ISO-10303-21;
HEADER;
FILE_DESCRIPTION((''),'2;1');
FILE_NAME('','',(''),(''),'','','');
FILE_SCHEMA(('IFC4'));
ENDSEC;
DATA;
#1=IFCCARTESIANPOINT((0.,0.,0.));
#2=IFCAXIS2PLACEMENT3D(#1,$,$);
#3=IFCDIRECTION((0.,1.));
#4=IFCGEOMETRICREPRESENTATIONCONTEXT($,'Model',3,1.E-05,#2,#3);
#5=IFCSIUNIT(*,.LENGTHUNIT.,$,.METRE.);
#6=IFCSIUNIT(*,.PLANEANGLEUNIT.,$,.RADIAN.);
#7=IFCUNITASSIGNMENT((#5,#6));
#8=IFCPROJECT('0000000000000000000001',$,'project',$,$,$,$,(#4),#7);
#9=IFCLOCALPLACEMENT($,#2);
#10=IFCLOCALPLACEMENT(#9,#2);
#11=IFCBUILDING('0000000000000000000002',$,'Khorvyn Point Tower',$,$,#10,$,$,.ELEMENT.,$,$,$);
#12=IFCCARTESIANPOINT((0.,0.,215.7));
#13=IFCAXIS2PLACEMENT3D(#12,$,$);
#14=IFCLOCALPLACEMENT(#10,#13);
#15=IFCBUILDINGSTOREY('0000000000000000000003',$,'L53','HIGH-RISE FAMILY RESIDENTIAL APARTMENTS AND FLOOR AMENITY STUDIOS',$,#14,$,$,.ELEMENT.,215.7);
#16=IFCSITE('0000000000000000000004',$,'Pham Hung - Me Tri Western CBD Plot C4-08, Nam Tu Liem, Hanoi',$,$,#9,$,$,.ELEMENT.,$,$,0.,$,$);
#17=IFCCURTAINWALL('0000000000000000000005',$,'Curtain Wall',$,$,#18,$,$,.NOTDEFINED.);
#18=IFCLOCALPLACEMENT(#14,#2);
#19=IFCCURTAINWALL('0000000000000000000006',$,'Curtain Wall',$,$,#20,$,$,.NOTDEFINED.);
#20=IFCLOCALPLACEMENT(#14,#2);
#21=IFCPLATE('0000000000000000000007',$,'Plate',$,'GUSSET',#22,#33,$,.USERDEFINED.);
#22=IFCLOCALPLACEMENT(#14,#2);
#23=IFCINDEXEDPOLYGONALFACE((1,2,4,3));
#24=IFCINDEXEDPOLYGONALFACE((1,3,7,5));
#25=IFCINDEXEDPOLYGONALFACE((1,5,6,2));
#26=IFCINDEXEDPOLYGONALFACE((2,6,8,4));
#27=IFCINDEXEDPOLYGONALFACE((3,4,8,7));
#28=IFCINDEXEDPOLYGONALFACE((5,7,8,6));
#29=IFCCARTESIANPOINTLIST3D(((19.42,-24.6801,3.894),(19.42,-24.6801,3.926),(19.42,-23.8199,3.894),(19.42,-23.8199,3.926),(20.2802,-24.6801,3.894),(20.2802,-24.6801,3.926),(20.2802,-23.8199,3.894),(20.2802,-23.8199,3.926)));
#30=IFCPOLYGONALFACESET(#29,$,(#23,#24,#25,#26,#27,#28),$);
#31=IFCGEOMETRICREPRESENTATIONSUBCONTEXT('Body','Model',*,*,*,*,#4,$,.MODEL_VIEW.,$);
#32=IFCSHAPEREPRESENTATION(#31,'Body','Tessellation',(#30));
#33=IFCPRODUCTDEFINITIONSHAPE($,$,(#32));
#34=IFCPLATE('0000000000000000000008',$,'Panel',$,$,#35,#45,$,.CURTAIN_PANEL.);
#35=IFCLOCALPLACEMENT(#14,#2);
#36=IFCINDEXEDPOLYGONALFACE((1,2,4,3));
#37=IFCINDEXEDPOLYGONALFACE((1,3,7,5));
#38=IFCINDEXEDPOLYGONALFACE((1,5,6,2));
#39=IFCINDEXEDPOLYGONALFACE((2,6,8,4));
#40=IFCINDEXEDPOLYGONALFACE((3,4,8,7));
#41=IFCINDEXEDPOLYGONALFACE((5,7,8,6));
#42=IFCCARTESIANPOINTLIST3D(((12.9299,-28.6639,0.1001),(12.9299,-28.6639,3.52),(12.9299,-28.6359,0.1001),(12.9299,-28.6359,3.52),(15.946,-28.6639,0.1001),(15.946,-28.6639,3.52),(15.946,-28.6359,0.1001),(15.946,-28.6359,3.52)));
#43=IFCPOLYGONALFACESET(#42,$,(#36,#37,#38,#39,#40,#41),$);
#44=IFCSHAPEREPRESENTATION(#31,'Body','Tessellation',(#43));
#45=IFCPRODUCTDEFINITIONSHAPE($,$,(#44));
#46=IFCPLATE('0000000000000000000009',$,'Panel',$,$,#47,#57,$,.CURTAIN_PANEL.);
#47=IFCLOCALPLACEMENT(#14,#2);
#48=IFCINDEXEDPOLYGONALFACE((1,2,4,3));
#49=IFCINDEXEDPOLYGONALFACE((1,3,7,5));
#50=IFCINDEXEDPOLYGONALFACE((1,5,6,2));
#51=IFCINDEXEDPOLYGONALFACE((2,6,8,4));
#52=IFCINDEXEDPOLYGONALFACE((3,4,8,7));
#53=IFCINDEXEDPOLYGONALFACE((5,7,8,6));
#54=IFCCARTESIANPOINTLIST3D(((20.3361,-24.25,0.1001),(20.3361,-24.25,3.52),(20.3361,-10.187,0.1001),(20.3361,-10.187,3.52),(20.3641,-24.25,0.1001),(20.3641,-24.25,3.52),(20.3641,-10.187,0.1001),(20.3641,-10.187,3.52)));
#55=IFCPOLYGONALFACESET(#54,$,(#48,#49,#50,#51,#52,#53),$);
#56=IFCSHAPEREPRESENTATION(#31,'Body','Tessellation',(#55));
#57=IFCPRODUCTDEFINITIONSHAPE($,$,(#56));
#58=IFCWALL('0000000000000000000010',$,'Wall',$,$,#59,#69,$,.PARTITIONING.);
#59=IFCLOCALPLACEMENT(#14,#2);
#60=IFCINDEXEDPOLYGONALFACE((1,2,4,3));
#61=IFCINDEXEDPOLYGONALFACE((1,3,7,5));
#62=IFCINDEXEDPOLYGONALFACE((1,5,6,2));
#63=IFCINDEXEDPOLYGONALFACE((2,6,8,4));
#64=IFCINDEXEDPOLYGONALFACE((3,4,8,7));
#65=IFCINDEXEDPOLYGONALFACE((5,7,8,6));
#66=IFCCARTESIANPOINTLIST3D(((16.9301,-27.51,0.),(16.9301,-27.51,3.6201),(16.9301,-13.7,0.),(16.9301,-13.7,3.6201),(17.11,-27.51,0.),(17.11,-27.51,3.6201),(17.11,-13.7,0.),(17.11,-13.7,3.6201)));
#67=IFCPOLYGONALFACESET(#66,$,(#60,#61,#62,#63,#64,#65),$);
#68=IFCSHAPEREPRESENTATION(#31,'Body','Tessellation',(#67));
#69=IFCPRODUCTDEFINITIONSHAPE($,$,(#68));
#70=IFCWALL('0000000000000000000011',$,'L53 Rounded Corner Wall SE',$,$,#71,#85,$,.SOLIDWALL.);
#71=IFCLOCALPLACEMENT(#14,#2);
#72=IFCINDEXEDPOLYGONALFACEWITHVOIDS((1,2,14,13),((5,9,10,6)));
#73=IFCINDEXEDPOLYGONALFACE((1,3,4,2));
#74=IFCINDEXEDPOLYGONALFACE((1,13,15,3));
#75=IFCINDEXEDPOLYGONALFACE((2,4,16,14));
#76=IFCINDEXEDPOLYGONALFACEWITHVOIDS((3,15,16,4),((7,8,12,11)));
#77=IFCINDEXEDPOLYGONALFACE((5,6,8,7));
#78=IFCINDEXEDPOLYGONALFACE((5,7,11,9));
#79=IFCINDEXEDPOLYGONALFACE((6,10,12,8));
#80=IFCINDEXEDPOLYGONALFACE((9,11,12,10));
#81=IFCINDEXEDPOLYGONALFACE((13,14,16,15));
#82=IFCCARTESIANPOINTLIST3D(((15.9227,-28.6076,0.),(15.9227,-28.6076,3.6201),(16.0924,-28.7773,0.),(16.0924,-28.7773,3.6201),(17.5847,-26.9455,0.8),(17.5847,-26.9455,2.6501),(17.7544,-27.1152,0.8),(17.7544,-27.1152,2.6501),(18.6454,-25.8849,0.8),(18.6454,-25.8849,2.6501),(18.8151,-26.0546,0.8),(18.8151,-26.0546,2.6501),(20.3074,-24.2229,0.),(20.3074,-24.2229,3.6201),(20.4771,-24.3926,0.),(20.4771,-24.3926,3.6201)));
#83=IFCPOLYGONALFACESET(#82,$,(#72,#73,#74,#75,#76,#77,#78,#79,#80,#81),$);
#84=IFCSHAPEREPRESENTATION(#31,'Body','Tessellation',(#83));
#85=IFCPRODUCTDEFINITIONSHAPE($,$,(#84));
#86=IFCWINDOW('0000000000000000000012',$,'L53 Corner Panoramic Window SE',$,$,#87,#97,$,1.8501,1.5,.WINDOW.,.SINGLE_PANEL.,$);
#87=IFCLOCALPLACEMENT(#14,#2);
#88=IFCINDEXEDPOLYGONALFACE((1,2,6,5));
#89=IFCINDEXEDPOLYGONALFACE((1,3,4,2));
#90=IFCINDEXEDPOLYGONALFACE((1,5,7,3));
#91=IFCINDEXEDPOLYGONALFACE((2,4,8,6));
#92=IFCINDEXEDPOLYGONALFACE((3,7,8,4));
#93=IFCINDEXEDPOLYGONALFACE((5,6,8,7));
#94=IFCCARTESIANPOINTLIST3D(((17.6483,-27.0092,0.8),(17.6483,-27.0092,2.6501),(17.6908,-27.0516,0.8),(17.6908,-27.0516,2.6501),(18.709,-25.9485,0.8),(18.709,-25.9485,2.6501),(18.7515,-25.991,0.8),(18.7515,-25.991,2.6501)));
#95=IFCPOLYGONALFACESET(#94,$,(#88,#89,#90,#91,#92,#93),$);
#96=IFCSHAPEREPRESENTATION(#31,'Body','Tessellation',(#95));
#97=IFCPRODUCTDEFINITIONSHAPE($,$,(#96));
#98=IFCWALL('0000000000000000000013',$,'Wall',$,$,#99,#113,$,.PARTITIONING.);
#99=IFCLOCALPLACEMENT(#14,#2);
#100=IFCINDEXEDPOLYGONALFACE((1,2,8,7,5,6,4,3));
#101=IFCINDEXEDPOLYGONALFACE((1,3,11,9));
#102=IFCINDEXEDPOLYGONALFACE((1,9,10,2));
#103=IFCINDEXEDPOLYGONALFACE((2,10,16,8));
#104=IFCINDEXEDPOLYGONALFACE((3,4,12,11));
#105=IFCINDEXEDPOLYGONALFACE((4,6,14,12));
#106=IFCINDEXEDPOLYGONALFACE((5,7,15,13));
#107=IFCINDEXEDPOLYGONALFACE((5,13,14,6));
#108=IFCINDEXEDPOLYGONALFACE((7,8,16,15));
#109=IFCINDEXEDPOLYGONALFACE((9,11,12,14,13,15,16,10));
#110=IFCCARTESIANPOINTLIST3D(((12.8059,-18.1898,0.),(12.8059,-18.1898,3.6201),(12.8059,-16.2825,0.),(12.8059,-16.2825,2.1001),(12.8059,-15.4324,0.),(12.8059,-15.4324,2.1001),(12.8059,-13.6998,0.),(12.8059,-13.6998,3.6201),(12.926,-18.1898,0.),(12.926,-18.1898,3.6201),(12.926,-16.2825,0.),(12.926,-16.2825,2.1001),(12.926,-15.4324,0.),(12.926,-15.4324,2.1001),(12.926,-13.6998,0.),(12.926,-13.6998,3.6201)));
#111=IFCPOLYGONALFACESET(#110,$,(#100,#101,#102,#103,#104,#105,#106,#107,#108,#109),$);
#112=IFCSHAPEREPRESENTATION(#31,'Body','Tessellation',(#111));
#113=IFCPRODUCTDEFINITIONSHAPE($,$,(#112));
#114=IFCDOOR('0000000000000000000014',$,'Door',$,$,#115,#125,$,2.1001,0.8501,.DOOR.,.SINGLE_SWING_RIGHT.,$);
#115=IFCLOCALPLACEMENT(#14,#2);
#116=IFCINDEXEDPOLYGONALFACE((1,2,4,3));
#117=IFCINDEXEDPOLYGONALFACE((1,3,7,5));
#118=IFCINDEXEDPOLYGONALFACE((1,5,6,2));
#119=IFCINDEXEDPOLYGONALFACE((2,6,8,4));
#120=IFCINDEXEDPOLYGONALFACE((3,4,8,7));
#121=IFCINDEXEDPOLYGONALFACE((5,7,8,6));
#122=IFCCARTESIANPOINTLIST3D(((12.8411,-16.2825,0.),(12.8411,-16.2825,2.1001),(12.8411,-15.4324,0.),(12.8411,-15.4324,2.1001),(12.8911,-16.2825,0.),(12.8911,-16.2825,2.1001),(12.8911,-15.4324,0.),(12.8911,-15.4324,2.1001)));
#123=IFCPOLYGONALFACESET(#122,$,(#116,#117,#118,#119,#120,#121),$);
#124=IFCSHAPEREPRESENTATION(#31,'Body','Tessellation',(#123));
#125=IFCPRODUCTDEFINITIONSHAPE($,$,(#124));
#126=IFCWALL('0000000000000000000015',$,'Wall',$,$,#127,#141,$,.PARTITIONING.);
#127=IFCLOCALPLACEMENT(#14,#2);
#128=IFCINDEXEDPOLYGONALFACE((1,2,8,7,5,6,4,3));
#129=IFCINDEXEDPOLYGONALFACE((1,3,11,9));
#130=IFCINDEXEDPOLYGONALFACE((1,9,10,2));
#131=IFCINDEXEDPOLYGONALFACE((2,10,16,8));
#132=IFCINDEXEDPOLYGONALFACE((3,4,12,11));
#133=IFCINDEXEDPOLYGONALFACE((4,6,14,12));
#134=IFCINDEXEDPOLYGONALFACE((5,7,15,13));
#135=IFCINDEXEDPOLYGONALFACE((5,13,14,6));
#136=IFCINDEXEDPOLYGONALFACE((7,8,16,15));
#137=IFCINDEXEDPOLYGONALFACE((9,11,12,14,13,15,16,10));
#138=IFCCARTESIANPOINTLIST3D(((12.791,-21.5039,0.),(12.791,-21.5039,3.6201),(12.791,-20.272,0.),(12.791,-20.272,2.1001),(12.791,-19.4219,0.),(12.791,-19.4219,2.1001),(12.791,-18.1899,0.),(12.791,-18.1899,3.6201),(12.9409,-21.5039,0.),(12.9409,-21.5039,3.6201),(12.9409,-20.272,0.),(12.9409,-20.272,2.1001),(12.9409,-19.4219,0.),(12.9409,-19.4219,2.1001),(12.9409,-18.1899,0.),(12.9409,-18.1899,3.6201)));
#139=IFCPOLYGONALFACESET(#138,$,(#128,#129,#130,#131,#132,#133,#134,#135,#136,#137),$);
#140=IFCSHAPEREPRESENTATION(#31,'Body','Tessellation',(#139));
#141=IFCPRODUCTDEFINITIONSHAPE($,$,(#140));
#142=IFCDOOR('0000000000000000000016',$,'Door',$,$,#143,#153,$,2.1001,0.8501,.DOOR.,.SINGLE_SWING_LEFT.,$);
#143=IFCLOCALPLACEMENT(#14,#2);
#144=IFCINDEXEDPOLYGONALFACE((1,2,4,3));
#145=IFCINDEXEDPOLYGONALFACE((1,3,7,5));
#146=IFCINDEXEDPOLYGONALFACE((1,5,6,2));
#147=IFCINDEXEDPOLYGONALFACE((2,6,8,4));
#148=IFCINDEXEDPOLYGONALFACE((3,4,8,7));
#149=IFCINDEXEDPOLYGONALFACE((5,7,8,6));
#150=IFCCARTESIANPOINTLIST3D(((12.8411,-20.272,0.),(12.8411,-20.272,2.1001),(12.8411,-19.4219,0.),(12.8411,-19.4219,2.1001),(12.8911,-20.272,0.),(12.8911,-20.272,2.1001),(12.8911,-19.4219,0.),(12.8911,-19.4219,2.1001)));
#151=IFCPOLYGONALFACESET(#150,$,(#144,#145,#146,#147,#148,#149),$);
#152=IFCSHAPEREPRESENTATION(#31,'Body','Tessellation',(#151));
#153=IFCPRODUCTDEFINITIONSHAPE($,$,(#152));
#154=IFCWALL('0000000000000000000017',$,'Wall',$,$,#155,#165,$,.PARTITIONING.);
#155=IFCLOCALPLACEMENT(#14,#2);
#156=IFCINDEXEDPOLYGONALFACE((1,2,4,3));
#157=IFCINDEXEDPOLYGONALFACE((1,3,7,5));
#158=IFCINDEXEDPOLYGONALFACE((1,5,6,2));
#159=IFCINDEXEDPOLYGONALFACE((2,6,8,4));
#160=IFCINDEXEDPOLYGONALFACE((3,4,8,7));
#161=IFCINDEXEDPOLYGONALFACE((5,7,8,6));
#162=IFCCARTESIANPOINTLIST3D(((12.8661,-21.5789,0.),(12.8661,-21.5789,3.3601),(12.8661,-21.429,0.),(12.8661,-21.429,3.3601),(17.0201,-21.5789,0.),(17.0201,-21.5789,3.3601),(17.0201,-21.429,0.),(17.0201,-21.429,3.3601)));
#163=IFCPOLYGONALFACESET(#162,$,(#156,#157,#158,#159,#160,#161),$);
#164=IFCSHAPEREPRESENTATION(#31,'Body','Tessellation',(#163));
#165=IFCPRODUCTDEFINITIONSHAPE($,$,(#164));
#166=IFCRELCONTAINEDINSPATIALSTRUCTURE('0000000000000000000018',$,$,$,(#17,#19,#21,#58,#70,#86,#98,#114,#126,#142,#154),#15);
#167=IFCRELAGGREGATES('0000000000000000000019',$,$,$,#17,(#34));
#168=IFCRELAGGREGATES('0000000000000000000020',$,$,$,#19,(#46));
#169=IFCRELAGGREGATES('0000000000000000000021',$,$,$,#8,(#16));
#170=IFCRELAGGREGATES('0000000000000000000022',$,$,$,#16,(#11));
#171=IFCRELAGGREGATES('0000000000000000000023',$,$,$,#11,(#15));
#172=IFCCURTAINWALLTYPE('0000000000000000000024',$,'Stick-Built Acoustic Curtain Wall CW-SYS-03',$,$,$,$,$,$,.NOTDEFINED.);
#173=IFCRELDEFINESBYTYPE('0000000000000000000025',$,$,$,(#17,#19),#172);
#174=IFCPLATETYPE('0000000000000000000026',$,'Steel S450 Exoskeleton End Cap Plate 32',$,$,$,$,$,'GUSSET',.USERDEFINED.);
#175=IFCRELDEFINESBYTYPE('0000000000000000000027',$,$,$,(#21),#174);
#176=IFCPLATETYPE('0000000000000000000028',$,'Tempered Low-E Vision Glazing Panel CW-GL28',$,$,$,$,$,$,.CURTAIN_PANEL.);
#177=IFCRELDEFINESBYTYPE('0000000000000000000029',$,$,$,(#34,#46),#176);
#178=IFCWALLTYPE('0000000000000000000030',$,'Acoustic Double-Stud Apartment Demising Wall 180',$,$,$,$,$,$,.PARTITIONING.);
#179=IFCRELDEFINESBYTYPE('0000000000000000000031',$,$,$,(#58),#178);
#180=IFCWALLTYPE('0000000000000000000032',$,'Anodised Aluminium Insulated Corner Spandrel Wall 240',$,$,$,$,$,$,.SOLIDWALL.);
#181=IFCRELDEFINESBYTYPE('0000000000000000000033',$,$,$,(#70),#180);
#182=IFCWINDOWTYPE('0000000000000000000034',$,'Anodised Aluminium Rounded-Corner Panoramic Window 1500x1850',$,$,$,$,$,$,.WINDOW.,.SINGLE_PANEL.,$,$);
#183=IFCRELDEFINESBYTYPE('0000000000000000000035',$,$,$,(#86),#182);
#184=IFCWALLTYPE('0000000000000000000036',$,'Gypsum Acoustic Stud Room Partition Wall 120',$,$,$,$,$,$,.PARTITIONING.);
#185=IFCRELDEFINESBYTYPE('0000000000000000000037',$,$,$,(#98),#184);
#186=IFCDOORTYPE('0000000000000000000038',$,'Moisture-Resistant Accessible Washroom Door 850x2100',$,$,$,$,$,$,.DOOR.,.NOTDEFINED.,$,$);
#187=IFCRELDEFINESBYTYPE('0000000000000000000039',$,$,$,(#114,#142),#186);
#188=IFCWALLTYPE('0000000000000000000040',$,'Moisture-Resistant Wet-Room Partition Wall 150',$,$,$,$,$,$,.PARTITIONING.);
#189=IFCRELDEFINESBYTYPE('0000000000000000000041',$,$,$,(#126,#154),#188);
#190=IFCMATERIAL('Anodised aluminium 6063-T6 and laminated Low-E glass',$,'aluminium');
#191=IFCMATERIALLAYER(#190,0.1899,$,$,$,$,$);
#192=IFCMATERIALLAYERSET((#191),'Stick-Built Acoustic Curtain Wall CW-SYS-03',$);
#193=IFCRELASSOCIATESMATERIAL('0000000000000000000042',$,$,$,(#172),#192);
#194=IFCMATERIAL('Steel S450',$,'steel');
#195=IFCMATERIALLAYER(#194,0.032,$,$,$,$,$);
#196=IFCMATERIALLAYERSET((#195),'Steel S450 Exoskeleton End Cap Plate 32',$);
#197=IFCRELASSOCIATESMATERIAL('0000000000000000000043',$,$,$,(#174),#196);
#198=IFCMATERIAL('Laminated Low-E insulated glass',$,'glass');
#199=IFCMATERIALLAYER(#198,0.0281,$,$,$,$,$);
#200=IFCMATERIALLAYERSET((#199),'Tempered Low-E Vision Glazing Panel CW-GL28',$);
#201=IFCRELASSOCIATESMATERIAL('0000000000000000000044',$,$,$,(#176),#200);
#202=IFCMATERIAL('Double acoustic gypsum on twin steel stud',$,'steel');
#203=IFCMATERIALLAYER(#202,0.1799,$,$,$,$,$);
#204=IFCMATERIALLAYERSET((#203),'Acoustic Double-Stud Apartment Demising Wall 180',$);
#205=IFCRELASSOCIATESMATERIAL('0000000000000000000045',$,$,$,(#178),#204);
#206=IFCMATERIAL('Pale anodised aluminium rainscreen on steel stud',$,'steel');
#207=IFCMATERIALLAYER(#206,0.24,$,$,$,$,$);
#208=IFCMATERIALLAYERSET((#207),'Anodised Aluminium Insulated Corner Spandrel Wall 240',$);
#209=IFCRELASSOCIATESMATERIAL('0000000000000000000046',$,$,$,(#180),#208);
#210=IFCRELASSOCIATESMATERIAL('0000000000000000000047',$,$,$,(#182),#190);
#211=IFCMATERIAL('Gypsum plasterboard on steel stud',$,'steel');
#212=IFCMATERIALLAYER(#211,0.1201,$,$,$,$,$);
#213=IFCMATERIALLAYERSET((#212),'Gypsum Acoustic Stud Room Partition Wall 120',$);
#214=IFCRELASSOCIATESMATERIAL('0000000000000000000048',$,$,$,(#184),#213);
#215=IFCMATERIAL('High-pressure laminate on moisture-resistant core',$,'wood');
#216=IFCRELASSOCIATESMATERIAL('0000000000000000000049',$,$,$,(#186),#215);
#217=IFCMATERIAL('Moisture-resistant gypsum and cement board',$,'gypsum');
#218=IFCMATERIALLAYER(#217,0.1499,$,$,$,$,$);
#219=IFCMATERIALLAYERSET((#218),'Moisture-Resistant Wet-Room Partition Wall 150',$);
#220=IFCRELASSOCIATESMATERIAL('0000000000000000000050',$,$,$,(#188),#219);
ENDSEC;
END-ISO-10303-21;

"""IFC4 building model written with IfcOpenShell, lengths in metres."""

from ifc_helpers import new_model, si_unit, direction, frame, frame_2d, origin, origin_2d, place, context, subcontext, project, spatial, rectangle, extrude, material, layer, layer_set, type_object, element, fill, aggregate, save


model = new_model("IFC4")

# Units and contexts
model_context = context("Model", 3, precision=1e-05, world=origin(), true_north=direction((0.0, 1.0)))
body_context = subcontext(model_context, "Body", "Model", "MODEL_VIEW")
ifc_project = project(units=[si_unit("LENGTHUNIT", "METRE"), si_unit("PLANEANGLEUNIT", "RADIAN")], contexts=[model_context])

# Site, building, storey
site_placement = place(None, origin())
site = spatial("IfcSite", under=ifc_project, at=site_placement, Name="Pham Hung - Me Tri Western CBD Plot C4-08, Nam Tu Liem, Hanoi", CompositionType="ELEMENT", RefElevation=0.0)
building_placement = place(site_placement, origin())
building = spatial("IfcBuilding", under=site, at=building_placement, Name="Khorvyn Point Tower", CompositionType="ELEMENT")
storey_placement = place(building_placement, frame((0.0, 0.0, 215.7)))
storey = spatial("IfcBuildingStorey", under=building, at=storey_placement, Name="L53", Description="HIGH-RISE FAMILY RESIDENTIAL APARTMENTS AND FLOOR AMENITY STUDIOS", CompositionType="ELEMENT", Elevation=215.7)

# Shared definitions
ifc_material_1 = material(Name="Steel S450", Category="steel")

# Curtain walls
ifc_material_2 = material(Name="Anodised aluminium 6063-T6 and laminated Low-E glass", Category="aluminium")
ifc_layer_1 = layer(ifc_material_2, 0.1899)
ifc_layer_set_1 = layer_set([ifc_layer_1], Name="Stick-Built Acoustic Curtain Wall CW-SYS-03")
curtain_wall_type = type_object("IfcCurtainWallType", Name="Stick-Built Acoustic Curtain Wall CW-SYS-03", PredefinedType="NOTDEFINED", material=ifc_layer_set_1)
curtain_wall_1_placement = place(storey_placement, origin())
curtain_wall_1 = element("IfcCurtainWall", 1, at=curtain_wall_1_placement, inside=storey, type_object=curtain_wall_type, Name="Curtain Wall", PredefinedType="NOTDEFINED")
curtain_wall_2_placement = place(storey_placement, origin())
curtain_wall_2 = element("IfcCurtainWall", 2, at=curtain_wall_2_placement, inside=storey, type_object=curtain_wall_type, Name="Curtain Wall", PredefinedType="NOTDEFINED")

# Plate
ifc_layer_2 = layer(ifc_material_1, 0.032)
ifc_layer_set_2 = layer_set([ifc_layer_2], Name="Steel S450 Exoskeleton End Cap Plate 32")
plate_type_1 = type_object("IfcPlateType", Name="Steel S450 Exoskeleton End Cap Plate 32", ElementType="GUSSET", PredefinedType="USERDEFINED", material=ifc_layer_set_2)
for number, where, z_axis, x_axis, name in (
    (3, (19.8501, -24.25, 3.894), (0.0, 0.0, 1.0), (1.0, 0.0, 0.0), "Plate"),
):
    element("IfcPlate", number, at=place(storey_placement, frame(where, z_axis=z_axis, x_axis=x_axis)), inside=storey, type_object=plate_type_1, Name=name, ObjectType="GUSSET", PredefinedType="USERDEFINED", context=body_context, shape_type="SweptSolid", body=[
        extrude(rectangle(XDim=0.8601, YDim=0.8601, at=origin_2d()), origin(), (0.0, 0.0, 1.0), 0.032),
    ])

# Plates
ifc_material_3 = material(Name="Laminated Low-E insulated glass", Category="glass")
ifc_layer_3 = layer(ifc_material_3, 0.0281)
ifc_layer_set_3 = layer_set([ifc_layer_3], Name="Tempered Low-E Vision Glazing Panel CW-GL28")
plate_type_2 = type_object("IfcPlateType", Name="Tempered Low-E Vision Glazing Panel CW-GL28", PredefinedType="CURTAIN_PANEL", material=ifc_layer_set_3)
plate_1_placement = place(storey_placement, frame((14.438, -28.6499, 0.1001), z_axis=(0.0, 0.0, 1.0), x_axis=(-1.0, 0.0, 0.0)))
plate_1 = element("IfcPlate", 4, at=plate_1_placement, type_object=plate_type_2, Name="Panel", PredefinedType="CURTAIN_PANEL", context=body_context, shape_type="SweptSolid", body=[
    extrude(rectangle(XDim=3.0161, YDim=0.0281, at=origin_2d()), origin(), (0.0, 0.0, 1.0), 3.4199),
])
aggregate(curtain_wall_1, [plate_1])
plate_2_placement = place(storey_placement, frame((20.3501, -17.2185, 0.1001), z_axis=(0.0, 0.0, 1.0), x_axis=(0.0, -1.0, 0.0)))
plate_2 = element("IfcPlate", 5, at=plate_2_placement, type_object=plate_type_2, Name="Panel", PredefinedType="CURTAIN_PANEL", context=body_context, shape_type="SweptSolid", body=[
    extrude(rectangle(XDim=14.063, YDim=0.0281, at=origin_2d()), origin(), (0.0, 0.0, 1.0), 3.4199),
])
aggregate(curtain_wall_2, [plate_2])

# Wall
ifc_material_4 = material(Name="Double acoustic gypsum on twin steel stud", Category="steel")
ifc_layer_4 = layer(ifc_material_4, 0.1799)
ifc_layer_set_4 = layer_set([ifc_layer_4], Name="Acoustic Double-Stud Apartment Demising Wall 180")
wall_type_1 = type_object("IfcWallType", Name="Acoustic Double-Stud Apartment Demising Wall 180", PredefinedType="PARTITIONING", material=ifc_layer_set_4)
wall_1_placement = place(storey_placement, frame((17.02, -27.51, 0.0), z_axis=(0.0, 0.0, 1.0), x_axis=(0.0, 1.0, 0.0)))
element("IfcWall", 6, at=wall_1_placement, inside=storey, type_object=wall_type_1, Name="Wall", PredefinedType="PARTITIONING", context=body_context, shape_type="SweptSolid", body=[
    extrude(rectangle(XDim=13.8101, YDim=0.1799, at=frame_2d((6.905, 0.0))), origin(), (0.0, 0.0, 1.0), 3.6201),
])

# Wall, opening, window
ifc_material_5 = material(Name="Pale anodised aluminium rainscreen on steel stud", Category="steel")
ifc_layer_5 = layer(ifc_material_5, 0.24)
ifc_layer_set_5 = layer_set([ifc_layer_5], Name="Anodised Aluminium Insulated Corner Spandrel Wall 240")
wall_type_2 = type_object("IfcWallType", Name="Anodised Aluminium Insulated Corner Spandrel Wall 240", PredefinedType="SOLIDWALL", material=ifc_layer_set_5)
wall_2_placement = place(storey_placement, frame((20.3923, -24.3076, 0.0), z_axis=(0.0, 0.0, 1.0), x_axis=(-0.707107, -0.707107, 0.0)))
wall_2 = element("IfcWall", 7, at=wall_2_placement, inside=storey, type_object=wall_type_2, Name="L53 Rounded Corner Wall SE", PredefinedType="SOLIDWALL", context=body_context, shape_type="SweptSolid", body=[
    extrude(rectangle(XDim=6.2009, YDim=0.24, at=frame_2d((3.1006, 0.0))), origin(), (0.0, 0.0, 1.0), 3.6201),
])
opening_1_placement = place(wall_2_placement, frame((2.3506, 0.0, 0.8)))
opening_1 = element("IfcOpeningElement", 8, at=opening_1_placement, cuts=wall_2, PredefinedType="OPENING", context=body_context, shape_type="SweptSolid", body=[
    extrude(rectangle(XDim=1.5, YDim=1.8501, at=frame_2d((0.75, 0.925))), frame((0.0, 0.1299, 0.0), z_axis=(0.0, -1.0, 0.0), x_axis=(1.0, 0.0, 0.0)), (0.0, 0.0, 1.0), 0.26),
])
window_type = type_object("IfcWindowType", Name="Anodised Aluminium Rounded-Corner Panoramic Window 1500x1850", PartitioningType="SINGLE_PANEL", PredefinedType="WINDOW", material=ifc_material_2)
window_placement = place(opening_1_placement, origin())
window = element("IfcWindow", 9, at=window_placement, inside=storey, type_object=window_type, Name="L53 Corner Panoramic Window SE", OverallHeight=1.8501, OverallWidth=1.5, PartitioningType="SINGLE_PANEL", PredefinedType="WINDOW", context=body_context, shape_type="SweptSolid", body=[
    extrude(rectangle(XDim=1.5, YDim=1.8501, at=frame_2d((0.75, 0.925))), frame((0.0, 0.03, 0.0), z_axis=(0.0, -1.0, 0.0), x_axis=(1.0, 0.0, 0.0)), (0.0, 0.0, 1.0), 0.0601),
])
fill(opening_1, window)

# Walls, openings, doors
ifc_material_6 = material(Name="Gypsum plasterboard on steel stud", Category="steel")
ifc_layer_6 = layer(ifc_material_6, 0.1201)
ifc_layer_set_6 = layer_set([ifc_layer_6], Name="Gypsum Acoustic Stud Room Partition Wall 120")
wall_type_3 = type_object("IfcWallType", Name="Gypsum Acoustic Stud Room Partition Wall 120", PredefinedType="PARTITIONING", material=ifc_layer_set_6)
wall_3_placement = place(storey_placement, frame((12.866, -18.1899, 0.0), z_axis=(0.0, 0.0, 1.0), x_axis=(0.0, 1.0, 0.0)))
wall_3 = element("IfcWall", 10, at=wall_3_placement, inside=storey, type_object=wall_type_3, Name="Wall", PredefinedType="PARTITIONING", context=body_context, shape_type="SweptSolid", body=[
    extrude(rectangle(XDim=4.49, YDim=0.1201, at=frame_2d((2.2451, 0.0))), origin(), (0.0, 0.0, 1.0), 3.6201),
])
opening_2_placement = place(wall_3_placement, frame((1.9075, 0.0, 0.0)))
opening_2 = element("IfcOpeningElement", 11, at=opening_2_placement, cuts=wall_3, PredefinedType="OPENING", context=body_context, shape_type="SweptSolid", body=[
    extrude(rectangle(XDim=0.8501, YDim=2.1001, at=frame_2d((0.425, 1.05))), frame((0.0, 0.0701, 0.0), z_axis=(0.0, -1.0, 0.0), x_axis=(1.0, 0.0, 0.0)), (0.0, 0.0, 1.0), 0.1401),
])
ifc_material_7 = material(Name="High-pressure laminate on moisture-resistant core", Category="wood")
door_type = type_object("IfcDoorType", Name="Moisture-Resistant Accessible Washroom Door 850x2100", OperationType="NOTDEFINED", PredefinedType="DOOR", material=ifc_material_7)
door_1_placement = place(opening_2_placement, origin())
door_1 = element("IfcDoor", 12, at=door_1_placement, inside=storey, type_object=door_type, Name="Door", OperationType="SINGLE_SWING_RIGHT", OverallHeight=2.1001, OverallWidth=0.8501, PredefinedType="DOOR", context=body_context, shape_type="SweptSolid", body=[
    extrude(rectangle(XDim=0.8501, YDim=2.1001, at=frame_2d((0.425, 1.05))), frame((0.0, 0.0249, 0.0), z_axis=(0.0, -1.0, 0.0), x_axis=(1.0, 0.0, 0.0)), (0.0, 0.0, 1.0), 0.05),
])
fill(opening_2, door_1)
ifc_material_8 = material(Name="Moisture-resistant gypsum and cement board", Category="gypsum")
ifc_layer_7 = layer(ifc_material_8, 0.1499)
ifc_layer_set_7 = layer_set([ifc_layer_7], Name="Moisture-Resistant Wet-Room Partition Wall 150")
wall_type_4 = type_object("IfcWallType", Name="Moisture-Resistant Wet-Room Partition Wall 150", PredefinedType="PARTITIONING", material=ifc_layer_set_7)
wall_4_placement = place(storey_placement, frame((12.866, -21.5039, 0.0), z_axis=(0.0, 0.0, 1.0), x_axis=(0.0, 1.0, 0.0)))
wall_4 = element("IfcWall", 13, at=wall_4_placement, inside=storey, type_object=wall_type_4, Name="Wall", PredefinedType="PARTITIONING", context=body_context, shape_type="SweptSolid", body=[
    extrude(rectangle(XDim=3.314, YDim=0.1499, at=frame_2d((1.657, 0.0))), origin(), (0.0, 0.0, 1.0), 3.6201),
])
opening_3_placement = place(wall_4_placement, frame((1.2319, 0.0, 0.0)))
opening_3 = element("IfcOpeningElement", 14, at=opening_3_placement, cuts=wall_4, PredefinedType="OPENING", context=body_context, shape_type="SweptSolid", body=[
    extrude(rectangle(XDim=0.8501, YDim=2.1001, at=frame_2d((0.425, 1.05))), frame((0.0, 0.085, 0.0), z_axis=(0.0, -1.0, 0.0), x_axis=(1.0, 0.0, 0.0)), (0.0, 0.0, 1.0), 0.1699),
])
door_2_placement = place(opening_3_placement, origin())
door_2 = element("IfcDoor", 15, at=door_2_placement, inside=storey, type_object=door_type, Name="Door", OperationType="SINGLE_SWING_LEFT", OverallHeight=2.1001, OverallWidth=0.8501, PredefinedType="DOOR", context=body_context, shape_type="SweptSolid", body=[
    extrude(rectangle(XDim=0.8501, YDim=2.1001, at=frame_2d((0.425, 1.05))), frame((0.0, 0.0249, 0.0), z_axis=(0.0, -1.0, 0.0), x_axis=(1.0, 0.0, 0.0)), (0.0, 0.0, 1.0), 0.05),
])
fill(opening_3, door_2)

# Wall
wall_5_placement = place(storey_placement, frame((12.866, -21.5039, 0.0), z_axis=(0.0, 0.0, 1.0), x_axis=(1.0, 0.0, 0.0)))
element("IfcWall", 16, at=wall_5_placement, inside=storey, type_object=wall_type_4, Name="Wall", PredefinedType="PARTITIONING", context=body_context, shape_type="SweptSolid", body=[
    extrude(rectangle(XDim=4.1541, YDim=0.1499, at=frame_2d((2.0771, 0.0))), origin(), (0.0, 0.0, 1.0), 3.3601),
])

save(model, "model.ifc")
